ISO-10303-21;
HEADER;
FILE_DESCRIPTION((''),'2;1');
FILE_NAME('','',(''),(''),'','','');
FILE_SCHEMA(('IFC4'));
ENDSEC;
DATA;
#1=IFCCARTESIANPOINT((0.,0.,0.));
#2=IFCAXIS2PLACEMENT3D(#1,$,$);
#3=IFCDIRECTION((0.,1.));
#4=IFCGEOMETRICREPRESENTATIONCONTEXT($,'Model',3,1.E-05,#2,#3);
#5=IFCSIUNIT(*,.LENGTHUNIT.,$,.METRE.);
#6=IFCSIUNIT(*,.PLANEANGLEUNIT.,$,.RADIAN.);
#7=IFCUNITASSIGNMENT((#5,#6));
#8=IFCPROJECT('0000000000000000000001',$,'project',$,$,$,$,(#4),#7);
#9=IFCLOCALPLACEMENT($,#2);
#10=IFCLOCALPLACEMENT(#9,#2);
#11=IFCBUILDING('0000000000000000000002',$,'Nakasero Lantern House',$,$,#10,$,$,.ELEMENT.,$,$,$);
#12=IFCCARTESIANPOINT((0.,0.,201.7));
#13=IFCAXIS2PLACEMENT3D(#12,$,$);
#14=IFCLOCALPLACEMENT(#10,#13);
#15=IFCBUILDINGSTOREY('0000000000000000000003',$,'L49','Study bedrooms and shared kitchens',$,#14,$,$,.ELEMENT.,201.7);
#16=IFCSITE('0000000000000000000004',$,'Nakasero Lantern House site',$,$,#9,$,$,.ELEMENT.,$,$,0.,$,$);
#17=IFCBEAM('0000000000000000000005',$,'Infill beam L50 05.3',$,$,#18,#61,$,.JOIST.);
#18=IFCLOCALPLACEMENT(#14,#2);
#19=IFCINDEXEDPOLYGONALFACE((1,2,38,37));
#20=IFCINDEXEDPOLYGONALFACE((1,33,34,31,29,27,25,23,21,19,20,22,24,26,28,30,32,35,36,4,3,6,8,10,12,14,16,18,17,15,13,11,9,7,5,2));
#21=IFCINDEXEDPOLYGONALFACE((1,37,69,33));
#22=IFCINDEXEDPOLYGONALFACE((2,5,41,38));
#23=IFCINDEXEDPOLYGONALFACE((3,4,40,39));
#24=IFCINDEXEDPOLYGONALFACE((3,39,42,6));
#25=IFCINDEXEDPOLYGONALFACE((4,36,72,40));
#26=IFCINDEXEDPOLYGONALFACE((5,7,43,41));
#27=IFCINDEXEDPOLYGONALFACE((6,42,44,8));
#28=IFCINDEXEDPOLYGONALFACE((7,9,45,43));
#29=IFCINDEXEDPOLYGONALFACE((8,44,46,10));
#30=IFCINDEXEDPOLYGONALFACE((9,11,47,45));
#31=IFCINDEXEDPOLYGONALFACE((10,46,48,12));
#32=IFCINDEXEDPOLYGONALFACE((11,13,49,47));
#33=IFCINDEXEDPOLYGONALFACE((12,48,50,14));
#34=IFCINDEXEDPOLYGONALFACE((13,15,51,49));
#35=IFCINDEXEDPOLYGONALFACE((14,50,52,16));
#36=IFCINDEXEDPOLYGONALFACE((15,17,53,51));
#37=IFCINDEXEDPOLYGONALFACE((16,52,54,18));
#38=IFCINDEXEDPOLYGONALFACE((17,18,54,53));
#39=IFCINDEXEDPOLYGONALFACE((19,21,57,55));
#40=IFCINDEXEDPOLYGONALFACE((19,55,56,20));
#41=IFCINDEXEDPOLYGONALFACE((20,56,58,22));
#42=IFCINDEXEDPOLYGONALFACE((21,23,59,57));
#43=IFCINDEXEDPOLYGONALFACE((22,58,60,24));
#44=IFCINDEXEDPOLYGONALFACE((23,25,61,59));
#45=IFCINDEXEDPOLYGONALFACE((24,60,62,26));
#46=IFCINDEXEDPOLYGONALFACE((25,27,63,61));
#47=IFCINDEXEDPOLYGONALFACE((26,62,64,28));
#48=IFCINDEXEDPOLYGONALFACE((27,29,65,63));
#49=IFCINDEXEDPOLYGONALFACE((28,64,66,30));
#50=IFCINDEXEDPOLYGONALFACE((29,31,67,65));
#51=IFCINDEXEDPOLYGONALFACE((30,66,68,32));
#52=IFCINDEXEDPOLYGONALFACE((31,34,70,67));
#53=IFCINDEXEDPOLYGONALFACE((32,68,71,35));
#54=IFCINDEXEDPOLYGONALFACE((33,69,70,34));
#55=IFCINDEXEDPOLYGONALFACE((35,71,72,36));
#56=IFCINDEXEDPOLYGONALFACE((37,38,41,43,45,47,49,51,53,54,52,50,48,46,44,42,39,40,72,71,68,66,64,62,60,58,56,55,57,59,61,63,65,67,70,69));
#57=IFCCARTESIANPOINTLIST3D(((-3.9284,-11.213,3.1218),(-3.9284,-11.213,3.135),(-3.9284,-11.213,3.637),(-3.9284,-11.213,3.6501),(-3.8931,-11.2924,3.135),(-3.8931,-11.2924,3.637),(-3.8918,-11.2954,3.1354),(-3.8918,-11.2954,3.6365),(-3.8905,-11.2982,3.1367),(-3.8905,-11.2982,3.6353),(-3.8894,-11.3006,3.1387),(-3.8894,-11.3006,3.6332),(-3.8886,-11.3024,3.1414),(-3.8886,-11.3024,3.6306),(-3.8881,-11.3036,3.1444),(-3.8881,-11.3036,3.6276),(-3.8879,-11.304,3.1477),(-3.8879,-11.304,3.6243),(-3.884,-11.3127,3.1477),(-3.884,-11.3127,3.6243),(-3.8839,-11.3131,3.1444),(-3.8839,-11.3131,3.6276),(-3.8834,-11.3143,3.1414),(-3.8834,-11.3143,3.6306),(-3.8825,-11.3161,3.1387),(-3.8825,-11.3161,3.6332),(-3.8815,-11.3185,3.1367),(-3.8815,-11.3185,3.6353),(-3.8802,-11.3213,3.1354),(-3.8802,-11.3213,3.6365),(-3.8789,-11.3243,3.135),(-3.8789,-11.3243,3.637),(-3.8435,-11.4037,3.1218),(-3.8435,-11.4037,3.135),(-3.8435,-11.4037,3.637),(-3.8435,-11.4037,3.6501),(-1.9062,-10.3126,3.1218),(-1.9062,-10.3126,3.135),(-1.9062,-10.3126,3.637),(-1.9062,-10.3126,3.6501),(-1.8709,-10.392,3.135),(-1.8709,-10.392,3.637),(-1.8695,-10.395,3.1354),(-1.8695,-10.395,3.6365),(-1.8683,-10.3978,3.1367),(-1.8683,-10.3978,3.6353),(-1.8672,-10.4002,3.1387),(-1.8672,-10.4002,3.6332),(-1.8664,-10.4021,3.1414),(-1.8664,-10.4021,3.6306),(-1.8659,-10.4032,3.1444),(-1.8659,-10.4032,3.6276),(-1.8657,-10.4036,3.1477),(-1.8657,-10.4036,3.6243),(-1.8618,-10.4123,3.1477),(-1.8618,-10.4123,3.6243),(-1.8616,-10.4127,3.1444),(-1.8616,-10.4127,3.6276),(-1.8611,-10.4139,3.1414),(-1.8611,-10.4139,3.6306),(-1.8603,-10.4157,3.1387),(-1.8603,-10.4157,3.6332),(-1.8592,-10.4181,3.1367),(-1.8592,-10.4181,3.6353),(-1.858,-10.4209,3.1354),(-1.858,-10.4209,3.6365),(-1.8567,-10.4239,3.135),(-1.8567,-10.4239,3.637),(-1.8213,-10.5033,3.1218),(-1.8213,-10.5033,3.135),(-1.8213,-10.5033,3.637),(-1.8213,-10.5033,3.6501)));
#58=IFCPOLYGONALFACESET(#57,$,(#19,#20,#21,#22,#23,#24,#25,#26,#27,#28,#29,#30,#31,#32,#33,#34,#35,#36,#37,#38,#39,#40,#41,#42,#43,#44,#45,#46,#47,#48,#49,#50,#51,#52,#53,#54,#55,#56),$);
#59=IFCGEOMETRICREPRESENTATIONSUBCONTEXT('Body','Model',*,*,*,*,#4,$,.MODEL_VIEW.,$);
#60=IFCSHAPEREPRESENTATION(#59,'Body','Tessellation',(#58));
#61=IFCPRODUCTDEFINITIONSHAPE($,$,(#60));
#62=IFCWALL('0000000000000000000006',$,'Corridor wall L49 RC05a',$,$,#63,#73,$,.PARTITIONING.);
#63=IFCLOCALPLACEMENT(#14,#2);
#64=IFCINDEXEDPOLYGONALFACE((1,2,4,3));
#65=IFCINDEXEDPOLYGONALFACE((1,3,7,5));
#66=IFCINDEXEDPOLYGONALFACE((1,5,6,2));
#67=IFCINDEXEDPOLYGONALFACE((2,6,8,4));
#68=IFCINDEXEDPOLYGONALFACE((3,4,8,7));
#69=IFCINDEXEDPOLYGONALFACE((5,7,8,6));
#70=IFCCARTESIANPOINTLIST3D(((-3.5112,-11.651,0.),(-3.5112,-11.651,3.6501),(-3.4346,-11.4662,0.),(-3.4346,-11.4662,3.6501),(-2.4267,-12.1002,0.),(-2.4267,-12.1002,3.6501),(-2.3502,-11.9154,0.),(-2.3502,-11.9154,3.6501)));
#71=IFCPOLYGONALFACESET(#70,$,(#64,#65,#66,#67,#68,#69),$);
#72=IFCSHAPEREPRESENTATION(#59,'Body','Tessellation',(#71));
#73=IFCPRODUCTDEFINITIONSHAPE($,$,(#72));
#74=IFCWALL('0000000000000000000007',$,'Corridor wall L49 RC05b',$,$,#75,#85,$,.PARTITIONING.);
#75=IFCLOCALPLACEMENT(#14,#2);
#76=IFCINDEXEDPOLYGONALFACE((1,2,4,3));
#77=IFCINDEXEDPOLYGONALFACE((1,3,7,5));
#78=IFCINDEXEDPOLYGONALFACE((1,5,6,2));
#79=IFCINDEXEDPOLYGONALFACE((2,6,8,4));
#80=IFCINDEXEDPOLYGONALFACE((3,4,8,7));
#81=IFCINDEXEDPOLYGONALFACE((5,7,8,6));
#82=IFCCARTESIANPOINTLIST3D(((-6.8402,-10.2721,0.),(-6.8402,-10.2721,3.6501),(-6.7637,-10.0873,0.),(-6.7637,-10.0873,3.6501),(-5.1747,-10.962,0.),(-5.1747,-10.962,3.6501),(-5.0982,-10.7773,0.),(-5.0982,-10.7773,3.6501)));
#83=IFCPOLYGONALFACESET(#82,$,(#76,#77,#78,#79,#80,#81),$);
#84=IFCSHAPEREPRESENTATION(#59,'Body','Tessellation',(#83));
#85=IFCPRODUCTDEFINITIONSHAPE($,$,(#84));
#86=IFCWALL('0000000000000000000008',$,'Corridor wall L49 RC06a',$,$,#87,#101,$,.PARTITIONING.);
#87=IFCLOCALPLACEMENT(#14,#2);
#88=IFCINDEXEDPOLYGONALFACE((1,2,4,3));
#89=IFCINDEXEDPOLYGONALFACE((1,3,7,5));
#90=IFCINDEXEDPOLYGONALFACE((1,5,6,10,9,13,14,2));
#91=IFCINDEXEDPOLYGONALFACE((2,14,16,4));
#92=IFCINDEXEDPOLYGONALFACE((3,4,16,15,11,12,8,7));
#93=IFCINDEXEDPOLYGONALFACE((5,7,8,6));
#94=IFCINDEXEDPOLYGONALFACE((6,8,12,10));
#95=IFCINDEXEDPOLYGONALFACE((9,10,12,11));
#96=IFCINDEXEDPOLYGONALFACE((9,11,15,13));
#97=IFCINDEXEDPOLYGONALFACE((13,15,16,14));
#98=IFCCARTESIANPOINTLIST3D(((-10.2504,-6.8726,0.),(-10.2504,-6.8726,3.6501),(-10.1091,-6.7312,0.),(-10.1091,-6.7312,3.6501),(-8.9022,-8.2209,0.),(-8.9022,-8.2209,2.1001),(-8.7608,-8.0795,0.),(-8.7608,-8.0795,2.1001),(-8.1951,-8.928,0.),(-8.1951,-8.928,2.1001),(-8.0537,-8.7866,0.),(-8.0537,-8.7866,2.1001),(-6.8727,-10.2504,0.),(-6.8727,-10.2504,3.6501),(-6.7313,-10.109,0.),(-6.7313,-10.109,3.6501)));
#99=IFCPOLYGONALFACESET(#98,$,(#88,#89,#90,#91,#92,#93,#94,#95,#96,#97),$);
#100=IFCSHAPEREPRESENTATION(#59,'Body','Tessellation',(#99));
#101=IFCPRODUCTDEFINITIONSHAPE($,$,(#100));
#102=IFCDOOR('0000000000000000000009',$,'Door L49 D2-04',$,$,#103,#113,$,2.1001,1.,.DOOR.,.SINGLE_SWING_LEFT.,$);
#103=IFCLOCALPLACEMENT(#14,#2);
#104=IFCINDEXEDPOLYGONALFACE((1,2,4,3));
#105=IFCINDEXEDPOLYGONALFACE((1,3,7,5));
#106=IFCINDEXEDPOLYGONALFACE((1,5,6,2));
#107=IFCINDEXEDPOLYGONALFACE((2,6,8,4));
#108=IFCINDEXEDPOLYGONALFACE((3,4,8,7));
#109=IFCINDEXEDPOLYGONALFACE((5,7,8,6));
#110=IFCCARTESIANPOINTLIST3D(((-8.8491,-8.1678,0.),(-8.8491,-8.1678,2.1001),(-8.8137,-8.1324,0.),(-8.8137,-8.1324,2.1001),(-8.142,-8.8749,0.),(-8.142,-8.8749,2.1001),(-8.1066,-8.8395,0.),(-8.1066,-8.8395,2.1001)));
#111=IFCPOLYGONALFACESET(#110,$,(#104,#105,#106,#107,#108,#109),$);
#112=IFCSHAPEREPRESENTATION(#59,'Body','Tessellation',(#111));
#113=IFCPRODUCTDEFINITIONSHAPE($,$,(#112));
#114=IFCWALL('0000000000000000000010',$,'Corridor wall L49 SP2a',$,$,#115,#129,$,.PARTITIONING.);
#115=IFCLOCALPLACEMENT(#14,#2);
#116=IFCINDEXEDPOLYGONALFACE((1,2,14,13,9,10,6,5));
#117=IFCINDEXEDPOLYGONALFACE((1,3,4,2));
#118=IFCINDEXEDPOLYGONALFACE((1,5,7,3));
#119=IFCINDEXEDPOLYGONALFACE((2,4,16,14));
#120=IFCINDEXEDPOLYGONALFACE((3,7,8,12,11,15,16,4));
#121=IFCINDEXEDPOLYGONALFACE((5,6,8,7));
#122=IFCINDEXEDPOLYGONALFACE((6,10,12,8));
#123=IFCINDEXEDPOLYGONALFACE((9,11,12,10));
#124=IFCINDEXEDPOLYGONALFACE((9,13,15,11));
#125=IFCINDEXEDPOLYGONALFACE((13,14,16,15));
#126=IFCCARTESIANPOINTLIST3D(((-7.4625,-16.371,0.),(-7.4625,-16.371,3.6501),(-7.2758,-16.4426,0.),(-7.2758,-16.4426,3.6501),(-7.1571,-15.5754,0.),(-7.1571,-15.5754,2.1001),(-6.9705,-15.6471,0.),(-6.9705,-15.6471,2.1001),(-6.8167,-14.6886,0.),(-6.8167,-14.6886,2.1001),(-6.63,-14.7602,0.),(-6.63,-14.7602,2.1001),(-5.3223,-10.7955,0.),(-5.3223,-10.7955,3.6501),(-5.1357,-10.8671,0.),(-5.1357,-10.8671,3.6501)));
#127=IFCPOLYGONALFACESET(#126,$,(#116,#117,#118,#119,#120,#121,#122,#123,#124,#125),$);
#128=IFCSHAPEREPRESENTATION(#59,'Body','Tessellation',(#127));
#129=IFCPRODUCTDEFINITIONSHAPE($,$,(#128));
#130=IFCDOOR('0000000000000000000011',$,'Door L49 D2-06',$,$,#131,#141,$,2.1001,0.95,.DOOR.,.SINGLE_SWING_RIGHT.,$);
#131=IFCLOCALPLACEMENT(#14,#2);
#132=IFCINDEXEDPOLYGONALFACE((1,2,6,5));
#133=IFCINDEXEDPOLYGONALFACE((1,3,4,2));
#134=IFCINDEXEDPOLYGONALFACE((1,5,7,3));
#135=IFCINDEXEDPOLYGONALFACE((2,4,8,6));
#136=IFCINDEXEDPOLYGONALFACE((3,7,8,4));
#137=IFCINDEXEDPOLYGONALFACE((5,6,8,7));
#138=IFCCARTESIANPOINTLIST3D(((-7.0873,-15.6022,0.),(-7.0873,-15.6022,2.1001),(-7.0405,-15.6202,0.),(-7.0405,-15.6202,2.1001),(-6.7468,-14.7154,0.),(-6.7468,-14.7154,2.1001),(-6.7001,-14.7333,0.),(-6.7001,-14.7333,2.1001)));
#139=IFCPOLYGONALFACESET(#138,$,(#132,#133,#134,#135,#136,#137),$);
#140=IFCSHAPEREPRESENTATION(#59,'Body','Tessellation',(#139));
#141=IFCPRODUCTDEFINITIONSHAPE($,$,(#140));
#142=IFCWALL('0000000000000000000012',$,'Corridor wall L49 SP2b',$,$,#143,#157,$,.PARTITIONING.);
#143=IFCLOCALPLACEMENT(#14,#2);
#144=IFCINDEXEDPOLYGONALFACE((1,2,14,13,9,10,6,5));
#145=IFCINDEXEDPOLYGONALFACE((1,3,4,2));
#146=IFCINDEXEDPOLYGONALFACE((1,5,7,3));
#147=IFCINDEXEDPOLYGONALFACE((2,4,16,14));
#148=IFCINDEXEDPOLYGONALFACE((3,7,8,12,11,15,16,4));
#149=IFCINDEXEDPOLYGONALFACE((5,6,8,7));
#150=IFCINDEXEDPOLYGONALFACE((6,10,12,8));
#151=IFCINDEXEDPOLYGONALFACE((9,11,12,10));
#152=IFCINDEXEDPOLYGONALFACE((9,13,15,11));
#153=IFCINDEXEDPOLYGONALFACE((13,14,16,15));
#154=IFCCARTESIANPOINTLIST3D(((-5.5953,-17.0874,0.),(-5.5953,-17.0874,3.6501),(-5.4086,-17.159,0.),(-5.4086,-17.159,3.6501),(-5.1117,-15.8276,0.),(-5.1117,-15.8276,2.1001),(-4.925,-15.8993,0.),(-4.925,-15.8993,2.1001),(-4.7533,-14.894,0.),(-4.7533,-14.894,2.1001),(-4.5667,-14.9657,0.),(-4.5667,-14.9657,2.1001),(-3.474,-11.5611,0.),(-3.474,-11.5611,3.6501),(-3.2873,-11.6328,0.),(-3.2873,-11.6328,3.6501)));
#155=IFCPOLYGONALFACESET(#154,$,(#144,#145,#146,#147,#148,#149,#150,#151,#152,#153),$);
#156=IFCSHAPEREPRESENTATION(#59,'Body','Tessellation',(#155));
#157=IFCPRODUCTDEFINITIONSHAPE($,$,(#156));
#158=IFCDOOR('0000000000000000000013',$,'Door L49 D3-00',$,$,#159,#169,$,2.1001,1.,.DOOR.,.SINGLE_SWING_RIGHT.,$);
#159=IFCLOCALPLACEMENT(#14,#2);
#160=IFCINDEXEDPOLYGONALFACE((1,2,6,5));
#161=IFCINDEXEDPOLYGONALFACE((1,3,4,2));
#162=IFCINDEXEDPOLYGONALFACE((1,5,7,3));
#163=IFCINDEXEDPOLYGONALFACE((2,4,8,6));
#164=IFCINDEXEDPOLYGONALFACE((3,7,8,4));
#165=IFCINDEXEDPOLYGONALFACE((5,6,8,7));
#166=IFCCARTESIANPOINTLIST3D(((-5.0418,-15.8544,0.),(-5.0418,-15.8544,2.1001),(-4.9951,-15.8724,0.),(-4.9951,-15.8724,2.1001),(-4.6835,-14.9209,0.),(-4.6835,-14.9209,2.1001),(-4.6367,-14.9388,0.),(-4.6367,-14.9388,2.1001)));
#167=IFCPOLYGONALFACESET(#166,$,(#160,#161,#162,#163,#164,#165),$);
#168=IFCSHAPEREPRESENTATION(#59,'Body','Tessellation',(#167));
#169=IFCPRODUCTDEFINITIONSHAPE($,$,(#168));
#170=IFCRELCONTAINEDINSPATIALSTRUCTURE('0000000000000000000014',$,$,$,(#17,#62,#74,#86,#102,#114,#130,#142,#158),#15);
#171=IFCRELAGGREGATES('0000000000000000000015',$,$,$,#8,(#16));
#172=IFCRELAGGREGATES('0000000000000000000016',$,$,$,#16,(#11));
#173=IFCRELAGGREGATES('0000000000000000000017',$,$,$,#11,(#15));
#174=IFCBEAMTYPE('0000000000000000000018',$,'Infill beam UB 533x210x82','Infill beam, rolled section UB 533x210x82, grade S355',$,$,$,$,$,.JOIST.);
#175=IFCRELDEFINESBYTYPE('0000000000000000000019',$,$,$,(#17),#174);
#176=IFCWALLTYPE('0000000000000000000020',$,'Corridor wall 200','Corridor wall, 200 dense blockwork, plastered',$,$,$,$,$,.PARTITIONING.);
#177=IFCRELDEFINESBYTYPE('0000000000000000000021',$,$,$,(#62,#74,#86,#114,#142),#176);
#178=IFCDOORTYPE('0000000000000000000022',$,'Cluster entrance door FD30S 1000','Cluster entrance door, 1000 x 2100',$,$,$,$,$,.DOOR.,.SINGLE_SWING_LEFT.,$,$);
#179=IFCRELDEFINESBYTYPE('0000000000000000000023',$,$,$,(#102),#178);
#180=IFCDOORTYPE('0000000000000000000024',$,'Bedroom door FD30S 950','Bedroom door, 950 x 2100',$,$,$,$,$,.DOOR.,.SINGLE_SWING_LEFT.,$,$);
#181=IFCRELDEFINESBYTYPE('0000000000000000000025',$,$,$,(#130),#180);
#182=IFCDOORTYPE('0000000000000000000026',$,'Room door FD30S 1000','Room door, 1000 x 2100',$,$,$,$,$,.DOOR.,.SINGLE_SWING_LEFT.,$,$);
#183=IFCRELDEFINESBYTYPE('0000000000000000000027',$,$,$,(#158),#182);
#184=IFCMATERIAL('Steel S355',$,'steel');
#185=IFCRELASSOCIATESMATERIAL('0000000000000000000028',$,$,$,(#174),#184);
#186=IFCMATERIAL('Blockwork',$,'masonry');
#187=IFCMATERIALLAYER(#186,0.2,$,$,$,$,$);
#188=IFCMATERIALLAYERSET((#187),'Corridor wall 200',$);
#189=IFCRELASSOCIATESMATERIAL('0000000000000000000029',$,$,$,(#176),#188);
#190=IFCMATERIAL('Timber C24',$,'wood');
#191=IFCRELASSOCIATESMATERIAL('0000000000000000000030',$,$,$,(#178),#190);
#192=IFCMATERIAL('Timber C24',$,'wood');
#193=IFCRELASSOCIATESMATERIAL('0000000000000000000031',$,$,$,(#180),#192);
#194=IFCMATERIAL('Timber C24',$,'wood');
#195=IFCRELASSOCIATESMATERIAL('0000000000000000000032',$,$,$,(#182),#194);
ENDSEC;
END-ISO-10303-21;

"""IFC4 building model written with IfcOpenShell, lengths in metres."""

from ifc_helpers import new_model, si_unit, direction, frame, frame_2d, origin, origin_2d, place, context, subcontext, project, spatial, rectangle, i_section, extrude, material, layer, layer_set, material_profile, profile_set, type_object, element, fill, save


model = new_model("IFC4")

# Units and contexts
model_context = context("Model", 3, precision=1e-05, world=origin(), true_north=direction((0.0, 1.0)))
body_context = subcontext(model_context, "Body", "Model", "MODEL_VIEW")
ifc_project = project(units=[si_unit("LENGTHUNIT", "METRE"), si_unit("PLANEANGLEUNIT", "RADIAN")], contexts=[model_context])

# Site, building, storey
site_placement = place(None, origin())
site = spatial("IfcSite", under=ifc_project, at=site_placement, Name="Nakasero Lantern House site", CompositionType="ELEMENT", RefElevation=0.0)
building_placement = place(site_placement, origin())
building = spatial("IfcBuilding", under=site, at=building_placement, Name="Nakasero Lantern House", CompositionType="ELEMENT")
storey_placement = place(building_placement, frame((0.0, 0.0, 201.7)))
storey = spatial("IfcBuildingStorey", under=building, at=storey_placement, Name="L49", Description="Study bedrooms and shared kitchens", CompositionType="ELEMENT", Elevation=201.7)

# Beam
ifc_material_1 = material(Name="Steel S355", Category="steel")
ifc_material_profile = material_profile(ifc_material_1, i_section(OverallWidth=0.2087, OverallDepth=0.5283, WebThickness=0.0095, FlangeThickness=0.0132, FilletRadius=0.0127, at=origin_2d()), Name="UB 533x210x82")
ifc_profile_set = profile_set([ifc_material_profile], Name="Steel S355")
beam_type = type_object("IfcBeamType", Name="Infill beam UB 533x210x82", Description="Infill beam, rolled section UB 533x210x82, grade S355", PredefinedType="JOIST", material=ifc_profile_set)
beam_placement = place(storey_placement, frame((-3.886, -11.3083, 3.386), z_axis=(0.913538, 0.406752, 0.0), x_axis=(-0.406752, 0.913538, 0.0)))
element("IfcBeam", 1, at=beam_placement, inside=storey, type_object=beam_type, Name="Infill beam L50 05.3", PredefinedType="JOIST", context=body_context, shape_type="SweptSolid", body=[
    extrude(i_section(OverallWidth=0.2087, OverallDepth=0.5283, WebThickness=0.0095, FlangeThickness=0.0132, FilletRadius=0.0127, at=origin_2d()), origin(), (0.0, 0.0, 1.0), 2.2136),
])

# Walls
ifc_material_2 = material(Name="Blockwork", Category="masonry")
ifc_layer_1 = layer(ifc_material_2, 0.2)
ifc_layer_set_1 = layer_set([ifc_layer_1], Name="Corridor wall 200")
wall_type_1 = type_object("IfcWallType", Name="Corridor wall 200", Description="Corridor wall, 200 dense blockwork, plastered", PredefinedType="PARTITIONING", material=ifc_layer_set_1)
wall_1_placement = place(storey_placement, frame((-2.3884, -12.0078, 0.0), z_axis=(0.0, 0.0, 1.0), x_axis=(-0.923875, 0.382695, 0.0)))
element("IfcWall", 2, at=wall_1_placement, inside=storey, type_object=wall_type_1, Name="Corridor wall L49 RC05a", PredefinedType="PARTITIONING", context=body_context, shape_type="SweptSolid", body=[
    extrude(rectangle(XDim=1.1738, YDim=0.2, at=frame_2d((0.5869, 0.0))), origin(), (0.0, 0.0, 1.0), 3.6501),
])
wall_2_placement = place(storey_placement, frame((-5.1365, -10.8696, 0.0), z_axis=(0.0, 0.0, 1.0), x_axis=(-0.923868, 0.382711, 0.0)))
element("IfcWall", 3, at=wall_2_placement, inside=storey, type_object=wall_type_1, Name="Corridor wall L49 RC05b", PredefinedType="PARTITIONING", context=body_context, shape_type="SweptSolid", body=[
    extrude(rectangle(XDim=1.8027, YDim=0.2, at=frame_2d((0.9014, 0.0))), origin(), (0.0, 0.0, 1.0), 3.6501),
])

# Walls, openings, doors
wall_3_placement = place(storey_placement, frame((-6.802, -10.1797, 0.0), z_axis=(0.0, 0.0, 1.0), x_axis=(-0.707107, 0.707107, 0.0)))
wall_3 = element("IfcWall", 4, at=wall_3_placement, inside=storey, type_object=wall_type_1, Name="Corridor wall L49 RC06a", PredefinedType="PARTITIONING", context=body_context, shape_type="SweptSolid", body=[
    extrude(rectangle(XDim=4.7769, YDim=0.2, at=frame_2d((2.3884, 0.0))), origin(), (0.0, 0.0, 1.0), 3.6501),
])
opening_1_placement = place(wall_3_placement, frame((1.8701, 0.0, 0.0)))
opening_1 = element("IfcOpeningElement", 5, at=opening_1_placement, cuts=wall_3, PredefinedType="OPENING", context=body_context, shape_type="SweptSolid", body=[
    extrude(rectangle(XDim=1.0, YDim=2.1001, at=frame_2d((0.5, 1.05))), frame((0.0, 0.1199, 0.0), z_axis=(0.0, -1.0, 0.0), x_axis=(1.0, 0.0, 0.0)), (0.0, 0.0, 1.0), 0.24),
])
ifc_material_3 = material(Name="Timber C24", Category="wood")
door_type_1 = type_object("IfcDoorType", Name="Cluster entrance door FD30S 1000", Description="Cluster entrance door, 1000 x 2100", OperationType="SINGLE_SWING_LEFT", PredefinedType="DOOR", material=ifc_material_3)
door_1_placement = place(opening_1_placement, origin())
door_1 = element("IfcDoor", 6, at=door_1_placement, inside=storey, type_object=door_type_1, Name="Door L49 D2-04", OperationType="SINGLE_SWING_LEFT", OverallHeight=2.1001, OverallWidth=1.0, PredefinedType="DOOR", context=body_context, shape_type="SweptSolid", body=[
    extrude(rectangle(XDim=1.0, YDim=2.1001, at=frame_2d((0.5, 1.05))), frame((0.0, 0.0249, 0.0), z_axis=(0.0, -1.0, 0.0), x_axis=(1.0, 0.0, 0.0)), (0.0, 0.0, 1.0), 0.05),
])
fill(opening_1, door_1)
wall_4_placement = place(storey_placement, frame((-5.229, -10.8313, 0.0), z_axis=(0.0, 0.0, 1.0), x_axis=(-0.358357, -0.933585, 0.0)))
wall_4 = element("IfcWall", 7, at=wall_4_placement, inside=storey, type_object=wall_type_1, Name="Corridor wall L49 SP2a", PredefinedType="PARTITIONING", context=body_context, shape_type="SweptSolid", body=[
    extrude(rectangle(XDim=5.9722, YDim=0.2, at=frame_2d((2.9861, 0.0))), origin(), (0.0, 0.0, 1.0), 3.6501),
])
opening_2_placement = place(wall_4_placement, frame((4.1699, 0.0, 0.0)))
opening_2 = element("IfcOpeningElement", 8, at=opening_2_placement, cuts=wall_4, PredefinedType="OPENING", context=body_context, shape_type="SweptSolid", body=[
    extrude(rectangle(XDim=0.95, YDim=2.1001, at=frame_2d((0.4751, 1.05))), frame((0.0, 0.1199, 0.0), z_axis=(0.0, -1.0, 0.0), x_axis=(1.0, 0.0, 0.0)), (0.0, 0.0, 1.0), 0.24),
])
ifc_material_4 = material(Name="Timber C24", Category="wood")
door_type_2 = type_object("IfcDoorType", Name="Bedroom door FD30S 950", Description="Bedroom door, 950 x 2100", OperationType="SINGLE_SWING_LEFT", PredefinedType="DOOR", material=ifc_material_4)
door_2_placement = place(opening_2_placement, origin())
door_2 = element("IfcDoor", 9, at=door_2_placement, inside=storey, type_object=door_type_2, Name="Door L49 D2-06", OperationType="SINGLE_SWING_RIGHT", OverallHeight=2.1001, OverallWidth=0.95, PredefinedType="DOOR", context=body_context, shape_type="SweptSolid", body=[
    extrude(rectangle(XDim=0.95, YDim=2.1001, at=frame_2d((0.4751, 1.05))), frame((0.0, 0.0249, 0.0), z_axis=(0.0, -1.0, 0.0), x_axis=(1.0, 0.0, 0.0)), (0.0, 0.0, 1.0), 0.05),
])
fill(opening_2, door_2)
wall_5_placement = place(storey_placement, frame((-3.3806, -11.5969, 0.0), z_axis=(0.0, 0.0, 1.0), x_axis=(-0.358363, -0.933582, 0.0)))
wall_5 = element("IfcWall", 10, at=wall_5_placement, inside=storey, type_object=wall_type_1, Name="Corridor wall L49 SP2b", PredefinedType="PARTITIONING", context=body_context, shape_type="SweptSolid", body=[
    extrude(rectangle(XDim=5.9194, YDim=0.2, at=frame_2d((2.9597, 0.0))), origin(), (0.0, 0.0, 1.0), 3.6501),
])
opening_3_placement = place(wall_5_placement, frame((3.5701, 0.0, 0.0)))
opening_3 = element("IfcOpeningElement", 11, at=opening_3_placement, cuts=wall_5, PredefinedType="OPENING", context=body_context, shape_type="SweptSolid", body=[
    extrude(rectangle(XDim=1.0, YDim=2.1001, at=frame_2d((0.5, 1.05))), frame((0.0, 0.1199, 0.0), z_axis=(0.0, -1.0, 0.0), x_axis=(1.0, 0.0, 0.0)), (0.0, 0.0, 1.0), 0.24),
])
ifc_material_5 = material(Name="Timber C24", Category="wood")
door_type_3 = type_object("IfcDoorType", Name="Room door FD30S 1000", Description="Room door, 1000 x 2100", OperationType="SINGLE_SWING_LEFT", PredefinedType="DOOR", material=ifc_material_5)
door_3_placement = place(opening_3_placement, origin())
door_3 = element("IfcDoor", 12, at=door_3_placement, inside=storey, type_object=door_type_3, Name="Door L49 D3-00", OperationType="SINGLE_SWING_RIGHT", OverallHeight=2.1001, OverallWidth=1.0, PredefinedType="DOOR", context=body_context, shape_type="SweptSolid", body=[
    extrude(rectangle(XDim=1.0, YDim=2.1001, at=frame_2d((0.5, 1.05))), frame((0.0, 0.0249, 0.0), z_axis=(0.0, -1.0, 0.0), x_axis=(1.0, 0.0, 0.0)), (0.0, 0.0, 1.0), 0.05),
])
fill(opening_3, door_3)

save(model, "model.ifc")
